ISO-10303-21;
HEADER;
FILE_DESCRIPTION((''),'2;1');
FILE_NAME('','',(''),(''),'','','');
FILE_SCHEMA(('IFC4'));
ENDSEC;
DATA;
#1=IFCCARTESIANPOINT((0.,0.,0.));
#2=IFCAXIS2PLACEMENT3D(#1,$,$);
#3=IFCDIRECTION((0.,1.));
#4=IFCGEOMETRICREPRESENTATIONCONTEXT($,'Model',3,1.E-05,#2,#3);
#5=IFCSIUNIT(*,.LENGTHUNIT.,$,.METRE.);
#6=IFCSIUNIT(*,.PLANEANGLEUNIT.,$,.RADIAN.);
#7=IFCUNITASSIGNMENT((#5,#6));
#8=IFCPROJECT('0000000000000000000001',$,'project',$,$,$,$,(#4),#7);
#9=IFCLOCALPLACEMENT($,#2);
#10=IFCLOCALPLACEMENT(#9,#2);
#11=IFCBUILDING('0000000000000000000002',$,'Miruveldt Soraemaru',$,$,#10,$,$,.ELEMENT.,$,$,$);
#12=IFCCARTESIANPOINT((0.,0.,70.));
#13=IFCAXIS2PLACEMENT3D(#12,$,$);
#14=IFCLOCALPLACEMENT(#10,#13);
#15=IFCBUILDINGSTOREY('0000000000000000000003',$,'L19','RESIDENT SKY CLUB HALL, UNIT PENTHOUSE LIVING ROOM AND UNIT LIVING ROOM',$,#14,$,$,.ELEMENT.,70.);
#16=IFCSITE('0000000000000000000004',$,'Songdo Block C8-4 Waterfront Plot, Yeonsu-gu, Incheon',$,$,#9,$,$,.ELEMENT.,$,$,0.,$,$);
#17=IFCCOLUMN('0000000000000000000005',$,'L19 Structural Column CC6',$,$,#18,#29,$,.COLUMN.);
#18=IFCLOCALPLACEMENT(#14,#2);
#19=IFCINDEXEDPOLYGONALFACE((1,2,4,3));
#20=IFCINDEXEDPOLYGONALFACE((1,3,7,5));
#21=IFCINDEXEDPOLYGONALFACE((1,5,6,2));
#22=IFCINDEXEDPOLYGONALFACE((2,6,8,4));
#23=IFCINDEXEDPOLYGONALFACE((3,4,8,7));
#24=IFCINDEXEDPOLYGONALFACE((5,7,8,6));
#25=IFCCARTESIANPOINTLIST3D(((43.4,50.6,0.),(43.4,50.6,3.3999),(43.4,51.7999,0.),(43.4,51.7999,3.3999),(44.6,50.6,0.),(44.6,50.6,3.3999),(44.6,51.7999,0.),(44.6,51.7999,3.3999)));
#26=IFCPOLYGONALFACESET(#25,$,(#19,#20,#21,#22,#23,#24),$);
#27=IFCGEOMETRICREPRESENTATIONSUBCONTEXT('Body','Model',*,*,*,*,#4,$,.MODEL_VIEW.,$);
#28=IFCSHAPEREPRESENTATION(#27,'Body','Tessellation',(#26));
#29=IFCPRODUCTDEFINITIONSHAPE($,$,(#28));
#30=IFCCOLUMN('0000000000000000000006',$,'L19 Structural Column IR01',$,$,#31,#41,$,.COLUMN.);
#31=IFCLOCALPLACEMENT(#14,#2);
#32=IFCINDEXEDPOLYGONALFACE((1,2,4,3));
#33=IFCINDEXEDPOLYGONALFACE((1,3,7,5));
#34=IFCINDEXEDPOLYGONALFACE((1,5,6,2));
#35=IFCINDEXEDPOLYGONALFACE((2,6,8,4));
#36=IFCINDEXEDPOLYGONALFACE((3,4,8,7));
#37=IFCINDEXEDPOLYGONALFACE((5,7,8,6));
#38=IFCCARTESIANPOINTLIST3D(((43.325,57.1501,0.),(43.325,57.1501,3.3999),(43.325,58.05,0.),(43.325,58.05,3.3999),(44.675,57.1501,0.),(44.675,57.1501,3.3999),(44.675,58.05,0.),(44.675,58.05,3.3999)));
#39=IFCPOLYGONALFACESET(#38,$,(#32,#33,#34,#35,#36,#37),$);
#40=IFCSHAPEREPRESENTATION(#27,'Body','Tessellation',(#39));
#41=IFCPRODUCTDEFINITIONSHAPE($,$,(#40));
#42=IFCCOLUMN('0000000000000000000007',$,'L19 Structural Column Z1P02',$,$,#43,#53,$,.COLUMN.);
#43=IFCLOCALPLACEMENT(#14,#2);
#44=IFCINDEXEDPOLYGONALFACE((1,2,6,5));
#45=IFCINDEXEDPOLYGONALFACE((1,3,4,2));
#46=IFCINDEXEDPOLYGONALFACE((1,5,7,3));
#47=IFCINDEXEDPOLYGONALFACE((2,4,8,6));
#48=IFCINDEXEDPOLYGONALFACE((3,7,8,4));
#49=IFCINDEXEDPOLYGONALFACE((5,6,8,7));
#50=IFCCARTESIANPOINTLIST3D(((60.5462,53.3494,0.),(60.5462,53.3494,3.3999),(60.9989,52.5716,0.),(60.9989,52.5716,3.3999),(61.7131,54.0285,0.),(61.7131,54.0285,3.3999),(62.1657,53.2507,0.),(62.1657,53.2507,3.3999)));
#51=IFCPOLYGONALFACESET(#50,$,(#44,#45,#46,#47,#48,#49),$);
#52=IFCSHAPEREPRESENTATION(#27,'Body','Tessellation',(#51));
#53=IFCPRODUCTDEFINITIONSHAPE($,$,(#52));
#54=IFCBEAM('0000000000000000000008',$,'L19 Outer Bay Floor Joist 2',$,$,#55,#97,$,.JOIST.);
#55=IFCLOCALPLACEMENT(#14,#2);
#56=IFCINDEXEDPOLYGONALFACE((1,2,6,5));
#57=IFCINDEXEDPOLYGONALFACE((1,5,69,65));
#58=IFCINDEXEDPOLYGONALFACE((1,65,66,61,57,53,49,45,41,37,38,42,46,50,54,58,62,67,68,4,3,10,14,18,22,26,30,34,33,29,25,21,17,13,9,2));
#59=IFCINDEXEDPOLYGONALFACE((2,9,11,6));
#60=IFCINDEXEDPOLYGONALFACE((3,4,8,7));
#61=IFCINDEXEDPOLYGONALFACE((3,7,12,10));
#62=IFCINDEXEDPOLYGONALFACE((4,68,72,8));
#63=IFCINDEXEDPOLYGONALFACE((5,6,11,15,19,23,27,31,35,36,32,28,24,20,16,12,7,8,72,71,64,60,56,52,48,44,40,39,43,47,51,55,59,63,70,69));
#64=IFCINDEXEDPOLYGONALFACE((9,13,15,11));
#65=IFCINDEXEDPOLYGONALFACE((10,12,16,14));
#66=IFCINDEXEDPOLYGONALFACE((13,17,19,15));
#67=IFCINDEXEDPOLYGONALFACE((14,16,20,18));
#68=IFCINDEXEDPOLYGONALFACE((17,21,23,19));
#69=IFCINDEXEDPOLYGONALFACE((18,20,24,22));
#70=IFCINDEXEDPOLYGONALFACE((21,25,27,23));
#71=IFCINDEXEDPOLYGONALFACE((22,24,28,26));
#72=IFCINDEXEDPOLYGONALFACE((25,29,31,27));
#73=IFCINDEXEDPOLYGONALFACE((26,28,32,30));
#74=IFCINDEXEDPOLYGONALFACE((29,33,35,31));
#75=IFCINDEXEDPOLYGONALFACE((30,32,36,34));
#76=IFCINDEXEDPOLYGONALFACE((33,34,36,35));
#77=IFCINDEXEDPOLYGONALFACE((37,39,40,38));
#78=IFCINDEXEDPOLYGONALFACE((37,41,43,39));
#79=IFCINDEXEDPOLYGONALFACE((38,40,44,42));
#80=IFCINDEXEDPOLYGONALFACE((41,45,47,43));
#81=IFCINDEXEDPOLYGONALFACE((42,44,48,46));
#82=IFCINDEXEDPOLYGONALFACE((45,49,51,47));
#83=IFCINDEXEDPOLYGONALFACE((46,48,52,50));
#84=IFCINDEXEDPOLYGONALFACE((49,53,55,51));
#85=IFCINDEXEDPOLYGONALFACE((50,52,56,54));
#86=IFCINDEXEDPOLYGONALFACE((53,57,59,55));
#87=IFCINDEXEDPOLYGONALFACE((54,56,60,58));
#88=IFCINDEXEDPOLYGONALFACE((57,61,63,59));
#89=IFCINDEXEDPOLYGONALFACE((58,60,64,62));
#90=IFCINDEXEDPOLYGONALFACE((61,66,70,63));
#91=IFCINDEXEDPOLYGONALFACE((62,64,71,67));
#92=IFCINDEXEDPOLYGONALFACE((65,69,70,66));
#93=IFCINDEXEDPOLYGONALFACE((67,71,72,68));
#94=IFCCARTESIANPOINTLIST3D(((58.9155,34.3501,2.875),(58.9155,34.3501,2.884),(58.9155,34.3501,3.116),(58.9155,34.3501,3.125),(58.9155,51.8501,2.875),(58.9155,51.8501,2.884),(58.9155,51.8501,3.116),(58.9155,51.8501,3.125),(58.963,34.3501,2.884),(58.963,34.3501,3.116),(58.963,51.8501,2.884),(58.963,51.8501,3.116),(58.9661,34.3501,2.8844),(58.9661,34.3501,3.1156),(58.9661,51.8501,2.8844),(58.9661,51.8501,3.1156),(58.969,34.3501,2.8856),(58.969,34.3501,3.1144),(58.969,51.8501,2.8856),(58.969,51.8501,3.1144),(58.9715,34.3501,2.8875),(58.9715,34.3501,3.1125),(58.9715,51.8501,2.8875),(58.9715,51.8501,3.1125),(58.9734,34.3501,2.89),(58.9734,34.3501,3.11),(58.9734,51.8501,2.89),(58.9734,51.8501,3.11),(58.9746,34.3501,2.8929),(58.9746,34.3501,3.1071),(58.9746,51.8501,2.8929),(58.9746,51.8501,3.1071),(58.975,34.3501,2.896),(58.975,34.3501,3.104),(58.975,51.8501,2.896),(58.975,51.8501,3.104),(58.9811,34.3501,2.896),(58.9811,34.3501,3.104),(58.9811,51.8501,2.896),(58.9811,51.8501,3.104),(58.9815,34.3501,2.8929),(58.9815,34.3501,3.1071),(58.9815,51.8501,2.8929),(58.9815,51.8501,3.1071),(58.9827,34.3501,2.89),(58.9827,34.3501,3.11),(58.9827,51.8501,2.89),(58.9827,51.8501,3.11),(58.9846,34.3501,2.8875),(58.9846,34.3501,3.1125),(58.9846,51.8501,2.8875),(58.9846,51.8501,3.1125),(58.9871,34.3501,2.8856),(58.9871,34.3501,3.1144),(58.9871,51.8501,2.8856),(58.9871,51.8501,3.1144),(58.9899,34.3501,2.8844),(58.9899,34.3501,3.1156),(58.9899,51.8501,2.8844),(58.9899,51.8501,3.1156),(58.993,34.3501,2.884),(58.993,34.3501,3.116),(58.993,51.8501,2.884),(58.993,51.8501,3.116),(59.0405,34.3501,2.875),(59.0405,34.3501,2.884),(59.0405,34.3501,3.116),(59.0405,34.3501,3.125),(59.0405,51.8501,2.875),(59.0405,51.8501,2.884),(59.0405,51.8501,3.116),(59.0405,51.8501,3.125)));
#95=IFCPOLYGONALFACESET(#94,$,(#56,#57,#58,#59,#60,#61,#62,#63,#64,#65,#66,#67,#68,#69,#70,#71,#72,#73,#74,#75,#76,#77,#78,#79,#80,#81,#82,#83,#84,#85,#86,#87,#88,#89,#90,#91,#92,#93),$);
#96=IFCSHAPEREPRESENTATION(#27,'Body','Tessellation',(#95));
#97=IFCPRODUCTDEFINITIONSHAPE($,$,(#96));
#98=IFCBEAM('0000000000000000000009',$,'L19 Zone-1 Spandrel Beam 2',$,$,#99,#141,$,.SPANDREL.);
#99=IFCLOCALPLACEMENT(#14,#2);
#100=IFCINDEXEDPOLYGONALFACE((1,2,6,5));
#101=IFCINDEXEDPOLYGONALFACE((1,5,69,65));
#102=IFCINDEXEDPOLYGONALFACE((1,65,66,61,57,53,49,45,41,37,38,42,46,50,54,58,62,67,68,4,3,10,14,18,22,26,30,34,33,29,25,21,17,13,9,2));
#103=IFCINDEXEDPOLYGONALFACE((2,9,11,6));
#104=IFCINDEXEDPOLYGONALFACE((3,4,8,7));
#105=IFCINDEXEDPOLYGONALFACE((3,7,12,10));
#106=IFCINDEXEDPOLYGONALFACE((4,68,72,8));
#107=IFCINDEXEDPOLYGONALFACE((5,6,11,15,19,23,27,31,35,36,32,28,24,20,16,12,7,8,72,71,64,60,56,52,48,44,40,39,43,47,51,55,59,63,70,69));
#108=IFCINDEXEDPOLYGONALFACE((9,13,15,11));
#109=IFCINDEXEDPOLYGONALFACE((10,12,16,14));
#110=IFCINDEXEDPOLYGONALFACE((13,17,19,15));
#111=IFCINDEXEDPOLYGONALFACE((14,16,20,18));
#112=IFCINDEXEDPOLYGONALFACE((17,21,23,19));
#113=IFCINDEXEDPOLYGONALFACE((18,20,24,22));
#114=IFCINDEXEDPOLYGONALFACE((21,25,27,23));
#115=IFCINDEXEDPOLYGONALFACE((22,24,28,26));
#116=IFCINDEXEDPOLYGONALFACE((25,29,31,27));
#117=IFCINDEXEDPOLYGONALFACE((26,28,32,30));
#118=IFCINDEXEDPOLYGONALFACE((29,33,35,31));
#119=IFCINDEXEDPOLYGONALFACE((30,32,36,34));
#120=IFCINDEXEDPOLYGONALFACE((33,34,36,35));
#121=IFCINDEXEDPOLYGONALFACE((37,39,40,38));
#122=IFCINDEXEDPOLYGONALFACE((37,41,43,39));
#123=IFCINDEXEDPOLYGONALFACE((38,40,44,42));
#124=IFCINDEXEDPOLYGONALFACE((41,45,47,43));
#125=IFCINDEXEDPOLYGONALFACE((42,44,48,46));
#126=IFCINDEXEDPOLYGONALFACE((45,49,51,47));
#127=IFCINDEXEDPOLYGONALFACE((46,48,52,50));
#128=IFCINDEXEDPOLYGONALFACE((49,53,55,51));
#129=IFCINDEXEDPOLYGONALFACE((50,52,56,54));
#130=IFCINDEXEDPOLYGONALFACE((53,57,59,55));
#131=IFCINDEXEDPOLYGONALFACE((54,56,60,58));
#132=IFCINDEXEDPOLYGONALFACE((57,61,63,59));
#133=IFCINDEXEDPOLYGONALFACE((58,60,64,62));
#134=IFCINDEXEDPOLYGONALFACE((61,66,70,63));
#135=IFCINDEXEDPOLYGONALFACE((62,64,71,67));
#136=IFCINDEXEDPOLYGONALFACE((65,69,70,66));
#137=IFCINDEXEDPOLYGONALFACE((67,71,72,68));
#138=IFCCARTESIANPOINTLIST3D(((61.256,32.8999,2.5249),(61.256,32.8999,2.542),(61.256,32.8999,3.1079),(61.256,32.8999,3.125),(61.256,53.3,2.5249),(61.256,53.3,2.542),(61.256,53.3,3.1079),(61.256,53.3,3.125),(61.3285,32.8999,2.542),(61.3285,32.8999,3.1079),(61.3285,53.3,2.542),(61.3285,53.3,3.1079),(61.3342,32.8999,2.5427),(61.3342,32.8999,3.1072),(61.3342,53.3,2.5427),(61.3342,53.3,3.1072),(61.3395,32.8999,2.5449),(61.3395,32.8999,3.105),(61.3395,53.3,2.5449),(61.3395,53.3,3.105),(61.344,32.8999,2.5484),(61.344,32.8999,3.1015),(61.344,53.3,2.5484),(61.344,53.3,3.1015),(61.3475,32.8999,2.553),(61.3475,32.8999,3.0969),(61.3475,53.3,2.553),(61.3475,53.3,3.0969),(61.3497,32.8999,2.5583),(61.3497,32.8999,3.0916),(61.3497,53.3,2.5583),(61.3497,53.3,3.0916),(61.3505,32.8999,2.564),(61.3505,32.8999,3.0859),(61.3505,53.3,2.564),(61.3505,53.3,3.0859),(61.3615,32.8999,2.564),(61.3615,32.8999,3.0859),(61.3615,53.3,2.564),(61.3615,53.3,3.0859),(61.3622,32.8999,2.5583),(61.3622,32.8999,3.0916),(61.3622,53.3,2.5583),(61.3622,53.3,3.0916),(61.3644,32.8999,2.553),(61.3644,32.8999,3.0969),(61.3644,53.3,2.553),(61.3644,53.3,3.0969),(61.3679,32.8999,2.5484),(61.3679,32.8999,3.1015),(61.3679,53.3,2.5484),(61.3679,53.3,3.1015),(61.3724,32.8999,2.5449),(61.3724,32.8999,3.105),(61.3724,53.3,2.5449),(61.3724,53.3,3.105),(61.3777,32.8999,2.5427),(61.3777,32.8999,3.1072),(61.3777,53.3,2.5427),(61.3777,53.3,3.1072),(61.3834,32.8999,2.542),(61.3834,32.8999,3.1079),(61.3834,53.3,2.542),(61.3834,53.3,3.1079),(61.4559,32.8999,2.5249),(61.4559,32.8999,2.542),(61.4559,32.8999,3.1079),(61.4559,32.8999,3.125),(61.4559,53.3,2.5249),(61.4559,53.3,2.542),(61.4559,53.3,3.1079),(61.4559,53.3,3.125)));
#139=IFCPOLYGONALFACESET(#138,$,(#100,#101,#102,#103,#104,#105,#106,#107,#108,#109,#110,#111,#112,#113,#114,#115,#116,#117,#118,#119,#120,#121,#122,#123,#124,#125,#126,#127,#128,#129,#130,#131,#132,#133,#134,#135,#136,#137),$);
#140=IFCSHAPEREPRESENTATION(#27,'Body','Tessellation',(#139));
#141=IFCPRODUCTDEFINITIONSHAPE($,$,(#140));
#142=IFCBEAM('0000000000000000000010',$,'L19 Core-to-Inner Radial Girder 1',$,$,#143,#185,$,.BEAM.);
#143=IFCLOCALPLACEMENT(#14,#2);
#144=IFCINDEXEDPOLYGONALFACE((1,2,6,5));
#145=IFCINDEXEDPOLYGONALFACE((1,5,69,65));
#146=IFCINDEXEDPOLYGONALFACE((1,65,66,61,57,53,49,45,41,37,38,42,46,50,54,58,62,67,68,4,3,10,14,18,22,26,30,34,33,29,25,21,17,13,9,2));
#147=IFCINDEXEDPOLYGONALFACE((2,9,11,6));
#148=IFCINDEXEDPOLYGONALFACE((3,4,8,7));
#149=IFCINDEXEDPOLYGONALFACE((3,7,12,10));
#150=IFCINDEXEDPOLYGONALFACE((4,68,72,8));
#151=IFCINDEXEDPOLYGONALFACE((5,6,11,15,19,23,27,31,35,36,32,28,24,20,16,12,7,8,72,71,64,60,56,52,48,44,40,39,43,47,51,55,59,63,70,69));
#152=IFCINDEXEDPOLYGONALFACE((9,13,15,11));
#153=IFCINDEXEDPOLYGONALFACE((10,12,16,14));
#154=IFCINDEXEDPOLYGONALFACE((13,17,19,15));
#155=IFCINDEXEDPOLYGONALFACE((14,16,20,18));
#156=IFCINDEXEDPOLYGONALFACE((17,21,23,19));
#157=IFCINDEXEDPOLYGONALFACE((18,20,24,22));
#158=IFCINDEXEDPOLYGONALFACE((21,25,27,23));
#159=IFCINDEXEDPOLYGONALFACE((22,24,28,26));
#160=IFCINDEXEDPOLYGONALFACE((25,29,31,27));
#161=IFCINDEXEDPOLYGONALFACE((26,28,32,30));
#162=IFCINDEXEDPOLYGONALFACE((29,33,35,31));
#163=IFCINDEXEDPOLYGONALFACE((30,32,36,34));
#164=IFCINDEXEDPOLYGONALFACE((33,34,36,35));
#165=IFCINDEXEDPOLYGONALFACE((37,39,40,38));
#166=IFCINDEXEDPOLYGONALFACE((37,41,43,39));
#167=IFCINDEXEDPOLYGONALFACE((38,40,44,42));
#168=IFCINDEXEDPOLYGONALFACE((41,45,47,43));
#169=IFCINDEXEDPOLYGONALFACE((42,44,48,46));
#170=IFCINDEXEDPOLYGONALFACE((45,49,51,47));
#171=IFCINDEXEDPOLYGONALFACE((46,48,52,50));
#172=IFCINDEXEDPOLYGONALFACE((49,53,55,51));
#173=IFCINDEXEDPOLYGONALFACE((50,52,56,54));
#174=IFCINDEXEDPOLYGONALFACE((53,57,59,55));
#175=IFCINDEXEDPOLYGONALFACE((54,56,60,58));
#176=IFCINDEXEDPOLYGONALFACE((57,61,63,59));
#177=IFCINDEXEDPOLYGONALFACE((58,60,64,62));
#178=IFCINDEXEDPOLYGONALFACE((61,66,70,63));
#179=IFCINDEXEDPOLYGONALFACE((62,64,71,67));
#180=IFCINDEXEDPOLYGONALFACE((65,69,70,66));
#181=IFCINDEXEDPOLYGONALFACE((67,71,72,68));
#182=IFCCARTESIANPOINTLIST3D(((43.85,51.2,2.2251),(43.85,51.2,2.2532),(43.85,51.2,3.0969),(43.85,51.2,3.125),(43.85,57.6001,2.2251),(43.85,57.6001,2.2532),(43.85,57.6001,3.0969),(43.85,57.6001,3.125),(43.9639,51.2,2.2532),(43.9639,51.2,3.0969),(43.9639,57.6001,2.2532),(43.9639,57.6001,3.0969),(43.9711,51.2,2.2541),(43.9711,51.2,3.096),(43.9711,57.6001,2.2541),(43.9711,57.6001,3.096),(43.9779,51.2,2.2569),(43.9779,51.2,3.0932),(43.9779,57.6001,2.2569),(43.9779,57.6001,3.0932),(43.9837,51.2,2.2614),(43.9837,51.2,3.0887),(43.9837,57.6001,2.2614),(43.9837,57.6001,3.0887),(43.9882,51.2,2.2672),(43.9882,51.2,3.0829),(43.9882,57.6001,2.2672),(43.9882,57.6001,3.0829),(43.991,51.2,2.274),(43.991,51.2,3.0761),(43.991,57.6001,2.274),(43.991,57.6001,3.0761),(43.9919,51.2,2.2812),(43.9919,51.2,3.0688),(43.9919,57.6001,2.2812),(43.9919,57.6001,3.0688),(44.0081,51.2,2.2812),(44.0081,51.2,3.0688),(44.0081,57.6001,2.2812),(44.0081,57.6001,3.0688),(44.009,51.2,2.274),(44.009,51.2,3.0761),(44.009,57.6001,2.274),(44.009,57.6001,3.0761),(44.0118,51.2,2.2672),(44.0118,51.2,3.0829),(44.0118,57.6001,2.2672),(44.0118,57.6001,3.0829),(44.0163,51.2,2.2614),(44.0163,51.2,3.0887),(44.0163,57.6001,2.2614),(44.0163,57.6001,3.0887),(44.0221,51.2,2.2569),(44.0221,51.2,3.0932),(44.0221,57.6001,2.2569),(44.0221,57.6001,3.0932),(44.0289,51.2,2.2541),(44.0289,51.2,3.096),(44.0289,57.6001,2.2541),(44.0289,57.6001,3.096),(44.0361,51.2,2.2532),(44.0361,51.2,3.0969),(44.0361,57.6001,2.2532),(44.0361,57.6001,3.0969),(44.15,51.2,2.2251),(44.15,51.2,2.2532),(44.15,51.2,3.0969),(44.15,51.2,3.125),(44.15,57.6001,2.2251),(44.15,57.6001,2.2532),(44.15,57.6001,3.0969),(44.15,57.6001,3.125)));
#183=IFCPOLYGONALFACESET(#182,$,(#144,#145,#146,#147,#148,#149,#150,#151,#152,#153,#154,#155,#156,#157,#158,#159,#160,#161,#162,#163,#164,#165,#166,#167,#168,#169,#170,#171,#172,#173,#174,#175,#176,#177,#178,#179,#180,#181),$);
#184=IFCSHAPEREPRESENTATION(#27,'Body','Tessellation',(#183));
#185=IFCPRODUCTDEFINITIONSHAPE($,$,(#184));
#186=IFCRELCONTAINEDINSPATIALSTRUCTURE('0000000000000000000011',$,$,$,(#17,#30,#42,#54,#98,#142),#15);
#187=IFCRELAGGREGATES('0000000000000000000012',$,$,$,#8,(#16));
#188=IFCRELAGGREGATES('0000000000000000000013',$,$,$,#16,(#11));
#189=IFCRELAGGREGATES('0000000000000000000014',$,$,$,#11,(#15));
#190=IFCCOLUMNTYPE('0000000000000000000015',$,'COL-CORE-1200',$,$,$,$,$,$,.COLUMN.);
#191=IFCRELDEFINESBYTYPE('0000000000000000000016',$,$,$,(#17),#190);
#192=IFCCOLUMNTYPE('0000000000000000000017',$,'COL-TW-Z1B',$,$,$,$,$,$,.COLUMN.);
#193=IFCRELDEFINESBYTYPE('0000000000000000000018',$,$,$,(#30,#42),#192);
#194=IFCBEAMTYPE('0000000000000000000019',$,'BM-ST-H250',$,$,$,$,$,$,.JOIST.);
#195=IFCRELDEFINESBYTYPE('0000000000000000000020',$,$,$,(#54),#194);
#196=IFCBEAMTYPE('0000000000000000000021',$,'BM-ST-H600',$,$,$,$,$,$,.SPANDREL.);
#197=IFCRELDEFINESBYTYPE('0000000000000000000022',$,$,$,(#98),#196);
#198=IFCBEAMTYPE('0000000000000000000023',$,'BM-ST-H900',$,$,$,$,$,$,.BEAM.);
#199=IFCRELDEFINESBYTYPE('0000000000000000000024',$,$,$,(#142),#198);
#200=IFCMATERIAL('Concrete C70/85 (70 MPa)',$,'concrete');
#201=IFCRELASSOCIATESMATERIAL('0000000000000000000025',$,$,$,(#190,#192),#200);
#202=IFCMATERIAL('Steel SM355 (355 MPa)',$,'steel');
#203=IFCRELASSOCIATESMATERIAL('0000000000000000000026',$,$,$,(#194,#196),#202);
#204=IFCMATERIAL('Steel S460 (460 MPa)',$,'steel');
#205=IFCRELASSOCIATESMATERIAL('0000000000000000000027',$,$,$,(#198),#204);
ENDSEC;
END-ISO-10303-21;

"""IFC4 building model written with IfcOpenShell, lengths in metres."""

from ifc_helpers import new_model, si_unit, direction, frame, origin, origin_2d, place, context, subcontext, project, spatial, rectangle, i_section, extrude, material, material_profile, profile_set, type_object, element, save


model = new_model("IFC4")

# Units and contexts
model_context = context("Model", 3, precision=1e-05, world=origin(), true_north=direction((0.0, 1.0)))
body_context = subcontext(model_context, "Body", "Model", "MODEL_VIEW")
ifc_project = project(units=[si_unit("LENGTHUNIT", "METRE"), si_unit("PLANEANGLEUNIT", "RADIAN")], contexts=[model_context])

# Site, building, storey
site_placement = place(None, origin())
site = spatial("IfcSite", under=ifc_project, at=site_placement, Name="Songdo Block C8-4 Waterfront Plot, Yeonsu-gu, Incheon", CompositionType="ELEMENT", RefElevation=0.0)
building_placement = place(site_placement, origin())
building = spatial("IfcBuilding", under=site, at=building_placement, Name="Miruveldt Soraemaru", CompositionType="ELEMENT")
storey_placement = place(building_placement, frame((0.0, 0.0, 70.0)))
storey = spatial("IfcBuildingStorey", under=building, at=storey_placement, Name="L19", Description="RESIDENT SKY CLUB HALL, UNIT PENTHOUSE LIVING ROOM AND UNIT LIVING ROOM", CompositionType="ELEMENT", Elevation=70.0)

# Columns
ifc_material_1 = material(Name="Concrete C70/85 (70 MPa)", Category="concrete")
ifc_material_profile_1 = material_profile(ifc_material_1, rectangle(XDim=1.2, YDim=1.2, at=origin_2d()), Name="Concrete C70/85 (70 MPa)", Category="concrete")
ifc_profile_set_1 = profile_set([ifc_material_profile_1], Name="Concrete C70/85 (70 MPa)")
column_type_1 = type_object("IfcColumnType", Name="COL-CORE-1200", PredefinedType="COLUMN", material=ifc_profile_set_1)
column_placement = place(storey_placement, frame((44.0, 51.2, 0.0), z_axis=(0.0, 0.0, 1.0), x_axis=(1.0, 0.0, 0.0)))
element("IfcColumn", 1, at=column_placement, inside=storey, type_object=column_type_1, Name="L19 Structural Column CC6", PredefinedType="COLUMN", context=body_context, shape_type="SweptSolid", body=[
    extrude(rectangle(XDim=1.2, YDim=1.2, at=origin_2d()), origin(), (0.0, 0.0, 1.0), 3.3999),
])
ifc_material_profile_2 = material_profile(ifc_material_1, rectangle(XDim=1.3501, YDim=0.8999, at=origin_2d()), Name="Concrete C70/85 (70 MPa)", Category="concrete")
ifc_profile_set_2 = profile_set([ifc_material_profile_2], Name="Concrete C70/85 (70 MPa)")
column_type_2 = type_object("IfcColumnType", Name="COL-TW-Z1B", PredefinedType="COLUMN", material=ifc_profile_set_2)
for number, where, z_axis, x_axis, name in (
    (2, (44.0, 57.6001, 0.0), (0.0, 0.0, 1.0), (1.0, 0.0, 0.0), "L19 Structural Column IR01"),
    (3, (61.356, 53.3, 0.0), (0.0, 0.0, 1.0), (0.864275, 0.50302, 0.0), "L19 Structural Column Z1P02"),
):
    element("IfcColumn", number, at=place(storey_placement, frame(where, z_axis=z_axis, x_axis=x_axis)), inside=storey, type_object=column_type_2, Name=name, PredefinedType="COLUMN", context=body_context, shape_type="SweptSolid", body=[
        extrude(rectangle(XDim=1.3501, YDim=0.8999, at=origin_2d()), origin(), (0.0, 0.0, 1.0), 3.3999),
    ])

# Beams
ifc_material_2 = material(Name="Steel SM355 (355 MPa)", Category="steel")
ifc_material_profile_3 = material_profile(ifc_material_2, i_section(OverallWidth=0.125, OverallDepth=0.25, WebThickness=0.0061, FlangeThickness=0.009, FilletRadius=0.012, at=origin_2d()), Name="Steel SM355 (355 MPa)", Category="steel")
ifc_profile_set_3 = profile_set([ifc_material_profile_3], Name="Steel SM355 (355 MPa)")
beam_type_1 = type_object("IfcBeamType", Name="BM-ST-H250", PredefinedType="JOIST", material=ifc_profile_set_3)
beam_1_placement = place(storey_placement, frame((58.978, 51.8501, 3.0), z_axis=(0.0, -1.0, 0.0), x_axis=(1.0, 0.0, 0.0)))
element("IfcBeam", 4, at=beam_1_placement, inside=storey, type_object=beam_type_1, Name="L19 Outer Bay Floor Joist 2", PredefinedType="JOIST", context=body_context, shape_type="SweptSolid", body=[
    extrude(i_section(OverallWidth=0.125, OverallDepth=0.25, WebThickness=0.0061, FlangeThickness=0.009, FilletRadius=0.012, at=origin_2d()), origin(), (0.0, 0.0, 1.0), 17.5),
])
ifc_material_profile_4 = material_profile(ifc_material_2, i_section(OverallWidth=0.2, OverallDepth=0.6001, WebThickness=0.011, FlangeThickness=0.0171, FilletRadius=0.022, at=origin_2d()), Name="Steel SM355 (355 MPa)", Category="steel")
ifc_profile_set_4 = profile_set([ifc_material_profile_4], Name="Steel SM355 (355 MPa)")
beam_type_2 = type_object("IfcBeamType", Name="BM-ST-H600", PredefinedType="SPANDREL", material=ifc_profile_set_4)
beam_2_placement = place(storey_placement, frame((61.356, 53.3, 2.825), z_axis=(0.0, -1.0, 0.0), x_axis=(1.0, 0.0, 0.0)))
element("IfcBeam", 5, at=beam_2_placement, inside=storey, type_object=beam_type_2, Name="L19 Zone-1 Spandrel Beam 2", PredefinedType="SPANDREL", context=body_context, shape_type="SweptSolid", body=[
    extrude(i_section(OverallWidth=0.2, OverallDepth=0.6001, WebThickness=0.011, FlangeThickness=0.0171, FilletRadius=0.022, at=origin_2d()), origin(), (0.0, 0.0, 1.0), 20.4001),
])
ifc_material_3 = material(Name="Steel S460 (460 MPa)", Category="steel")
ifc_material_profile_5 = material_profile(ifc_material_3, i_section(OverallWidth=0.3, OverallDepth=0.8999, WebThickness=0.0161, FlangeThickness=0.0281, FilletRadius=0.0281, at=origin_2d()), Name="Steel S460 (460 MPa)", Category="steel")
ifc_profile_set_5 = profile_set([ifc_material_profile_5], Name="Steel S460 (460 MPa)")
beam_type_3 = type_object("IfcBeamType", Name="BM-ST-H900", PredefinedType="BEAM", material=ifc_profile_set_5)
beam_3_placement = place(storey_placement, frame((44.0, 51.2, 2.675), z_axis=(0.0, 1.0, 0.0), x_axis=(-1.0, 0.0, 0.0)))
element("IfcBeam", 6, at=beam_3_placement, inside=storey, type_object=beam_type_3, Name="L19 Core-to-Inner Radial Girder 1", PredefinedType="BEAM", context=body_context, shape_type="SweptSolid", body=[
    extrude(i_section(OverallWidth=0.3, OverallDepth=0.8999, WebThickness=0.0161, FlangeThickness=0.0281, FilletRadius=0.0281, at=origin_2d()), origin(), (0.0, 0.0, 1.0), 6.4001),
])

save(model, "model.ifc")
